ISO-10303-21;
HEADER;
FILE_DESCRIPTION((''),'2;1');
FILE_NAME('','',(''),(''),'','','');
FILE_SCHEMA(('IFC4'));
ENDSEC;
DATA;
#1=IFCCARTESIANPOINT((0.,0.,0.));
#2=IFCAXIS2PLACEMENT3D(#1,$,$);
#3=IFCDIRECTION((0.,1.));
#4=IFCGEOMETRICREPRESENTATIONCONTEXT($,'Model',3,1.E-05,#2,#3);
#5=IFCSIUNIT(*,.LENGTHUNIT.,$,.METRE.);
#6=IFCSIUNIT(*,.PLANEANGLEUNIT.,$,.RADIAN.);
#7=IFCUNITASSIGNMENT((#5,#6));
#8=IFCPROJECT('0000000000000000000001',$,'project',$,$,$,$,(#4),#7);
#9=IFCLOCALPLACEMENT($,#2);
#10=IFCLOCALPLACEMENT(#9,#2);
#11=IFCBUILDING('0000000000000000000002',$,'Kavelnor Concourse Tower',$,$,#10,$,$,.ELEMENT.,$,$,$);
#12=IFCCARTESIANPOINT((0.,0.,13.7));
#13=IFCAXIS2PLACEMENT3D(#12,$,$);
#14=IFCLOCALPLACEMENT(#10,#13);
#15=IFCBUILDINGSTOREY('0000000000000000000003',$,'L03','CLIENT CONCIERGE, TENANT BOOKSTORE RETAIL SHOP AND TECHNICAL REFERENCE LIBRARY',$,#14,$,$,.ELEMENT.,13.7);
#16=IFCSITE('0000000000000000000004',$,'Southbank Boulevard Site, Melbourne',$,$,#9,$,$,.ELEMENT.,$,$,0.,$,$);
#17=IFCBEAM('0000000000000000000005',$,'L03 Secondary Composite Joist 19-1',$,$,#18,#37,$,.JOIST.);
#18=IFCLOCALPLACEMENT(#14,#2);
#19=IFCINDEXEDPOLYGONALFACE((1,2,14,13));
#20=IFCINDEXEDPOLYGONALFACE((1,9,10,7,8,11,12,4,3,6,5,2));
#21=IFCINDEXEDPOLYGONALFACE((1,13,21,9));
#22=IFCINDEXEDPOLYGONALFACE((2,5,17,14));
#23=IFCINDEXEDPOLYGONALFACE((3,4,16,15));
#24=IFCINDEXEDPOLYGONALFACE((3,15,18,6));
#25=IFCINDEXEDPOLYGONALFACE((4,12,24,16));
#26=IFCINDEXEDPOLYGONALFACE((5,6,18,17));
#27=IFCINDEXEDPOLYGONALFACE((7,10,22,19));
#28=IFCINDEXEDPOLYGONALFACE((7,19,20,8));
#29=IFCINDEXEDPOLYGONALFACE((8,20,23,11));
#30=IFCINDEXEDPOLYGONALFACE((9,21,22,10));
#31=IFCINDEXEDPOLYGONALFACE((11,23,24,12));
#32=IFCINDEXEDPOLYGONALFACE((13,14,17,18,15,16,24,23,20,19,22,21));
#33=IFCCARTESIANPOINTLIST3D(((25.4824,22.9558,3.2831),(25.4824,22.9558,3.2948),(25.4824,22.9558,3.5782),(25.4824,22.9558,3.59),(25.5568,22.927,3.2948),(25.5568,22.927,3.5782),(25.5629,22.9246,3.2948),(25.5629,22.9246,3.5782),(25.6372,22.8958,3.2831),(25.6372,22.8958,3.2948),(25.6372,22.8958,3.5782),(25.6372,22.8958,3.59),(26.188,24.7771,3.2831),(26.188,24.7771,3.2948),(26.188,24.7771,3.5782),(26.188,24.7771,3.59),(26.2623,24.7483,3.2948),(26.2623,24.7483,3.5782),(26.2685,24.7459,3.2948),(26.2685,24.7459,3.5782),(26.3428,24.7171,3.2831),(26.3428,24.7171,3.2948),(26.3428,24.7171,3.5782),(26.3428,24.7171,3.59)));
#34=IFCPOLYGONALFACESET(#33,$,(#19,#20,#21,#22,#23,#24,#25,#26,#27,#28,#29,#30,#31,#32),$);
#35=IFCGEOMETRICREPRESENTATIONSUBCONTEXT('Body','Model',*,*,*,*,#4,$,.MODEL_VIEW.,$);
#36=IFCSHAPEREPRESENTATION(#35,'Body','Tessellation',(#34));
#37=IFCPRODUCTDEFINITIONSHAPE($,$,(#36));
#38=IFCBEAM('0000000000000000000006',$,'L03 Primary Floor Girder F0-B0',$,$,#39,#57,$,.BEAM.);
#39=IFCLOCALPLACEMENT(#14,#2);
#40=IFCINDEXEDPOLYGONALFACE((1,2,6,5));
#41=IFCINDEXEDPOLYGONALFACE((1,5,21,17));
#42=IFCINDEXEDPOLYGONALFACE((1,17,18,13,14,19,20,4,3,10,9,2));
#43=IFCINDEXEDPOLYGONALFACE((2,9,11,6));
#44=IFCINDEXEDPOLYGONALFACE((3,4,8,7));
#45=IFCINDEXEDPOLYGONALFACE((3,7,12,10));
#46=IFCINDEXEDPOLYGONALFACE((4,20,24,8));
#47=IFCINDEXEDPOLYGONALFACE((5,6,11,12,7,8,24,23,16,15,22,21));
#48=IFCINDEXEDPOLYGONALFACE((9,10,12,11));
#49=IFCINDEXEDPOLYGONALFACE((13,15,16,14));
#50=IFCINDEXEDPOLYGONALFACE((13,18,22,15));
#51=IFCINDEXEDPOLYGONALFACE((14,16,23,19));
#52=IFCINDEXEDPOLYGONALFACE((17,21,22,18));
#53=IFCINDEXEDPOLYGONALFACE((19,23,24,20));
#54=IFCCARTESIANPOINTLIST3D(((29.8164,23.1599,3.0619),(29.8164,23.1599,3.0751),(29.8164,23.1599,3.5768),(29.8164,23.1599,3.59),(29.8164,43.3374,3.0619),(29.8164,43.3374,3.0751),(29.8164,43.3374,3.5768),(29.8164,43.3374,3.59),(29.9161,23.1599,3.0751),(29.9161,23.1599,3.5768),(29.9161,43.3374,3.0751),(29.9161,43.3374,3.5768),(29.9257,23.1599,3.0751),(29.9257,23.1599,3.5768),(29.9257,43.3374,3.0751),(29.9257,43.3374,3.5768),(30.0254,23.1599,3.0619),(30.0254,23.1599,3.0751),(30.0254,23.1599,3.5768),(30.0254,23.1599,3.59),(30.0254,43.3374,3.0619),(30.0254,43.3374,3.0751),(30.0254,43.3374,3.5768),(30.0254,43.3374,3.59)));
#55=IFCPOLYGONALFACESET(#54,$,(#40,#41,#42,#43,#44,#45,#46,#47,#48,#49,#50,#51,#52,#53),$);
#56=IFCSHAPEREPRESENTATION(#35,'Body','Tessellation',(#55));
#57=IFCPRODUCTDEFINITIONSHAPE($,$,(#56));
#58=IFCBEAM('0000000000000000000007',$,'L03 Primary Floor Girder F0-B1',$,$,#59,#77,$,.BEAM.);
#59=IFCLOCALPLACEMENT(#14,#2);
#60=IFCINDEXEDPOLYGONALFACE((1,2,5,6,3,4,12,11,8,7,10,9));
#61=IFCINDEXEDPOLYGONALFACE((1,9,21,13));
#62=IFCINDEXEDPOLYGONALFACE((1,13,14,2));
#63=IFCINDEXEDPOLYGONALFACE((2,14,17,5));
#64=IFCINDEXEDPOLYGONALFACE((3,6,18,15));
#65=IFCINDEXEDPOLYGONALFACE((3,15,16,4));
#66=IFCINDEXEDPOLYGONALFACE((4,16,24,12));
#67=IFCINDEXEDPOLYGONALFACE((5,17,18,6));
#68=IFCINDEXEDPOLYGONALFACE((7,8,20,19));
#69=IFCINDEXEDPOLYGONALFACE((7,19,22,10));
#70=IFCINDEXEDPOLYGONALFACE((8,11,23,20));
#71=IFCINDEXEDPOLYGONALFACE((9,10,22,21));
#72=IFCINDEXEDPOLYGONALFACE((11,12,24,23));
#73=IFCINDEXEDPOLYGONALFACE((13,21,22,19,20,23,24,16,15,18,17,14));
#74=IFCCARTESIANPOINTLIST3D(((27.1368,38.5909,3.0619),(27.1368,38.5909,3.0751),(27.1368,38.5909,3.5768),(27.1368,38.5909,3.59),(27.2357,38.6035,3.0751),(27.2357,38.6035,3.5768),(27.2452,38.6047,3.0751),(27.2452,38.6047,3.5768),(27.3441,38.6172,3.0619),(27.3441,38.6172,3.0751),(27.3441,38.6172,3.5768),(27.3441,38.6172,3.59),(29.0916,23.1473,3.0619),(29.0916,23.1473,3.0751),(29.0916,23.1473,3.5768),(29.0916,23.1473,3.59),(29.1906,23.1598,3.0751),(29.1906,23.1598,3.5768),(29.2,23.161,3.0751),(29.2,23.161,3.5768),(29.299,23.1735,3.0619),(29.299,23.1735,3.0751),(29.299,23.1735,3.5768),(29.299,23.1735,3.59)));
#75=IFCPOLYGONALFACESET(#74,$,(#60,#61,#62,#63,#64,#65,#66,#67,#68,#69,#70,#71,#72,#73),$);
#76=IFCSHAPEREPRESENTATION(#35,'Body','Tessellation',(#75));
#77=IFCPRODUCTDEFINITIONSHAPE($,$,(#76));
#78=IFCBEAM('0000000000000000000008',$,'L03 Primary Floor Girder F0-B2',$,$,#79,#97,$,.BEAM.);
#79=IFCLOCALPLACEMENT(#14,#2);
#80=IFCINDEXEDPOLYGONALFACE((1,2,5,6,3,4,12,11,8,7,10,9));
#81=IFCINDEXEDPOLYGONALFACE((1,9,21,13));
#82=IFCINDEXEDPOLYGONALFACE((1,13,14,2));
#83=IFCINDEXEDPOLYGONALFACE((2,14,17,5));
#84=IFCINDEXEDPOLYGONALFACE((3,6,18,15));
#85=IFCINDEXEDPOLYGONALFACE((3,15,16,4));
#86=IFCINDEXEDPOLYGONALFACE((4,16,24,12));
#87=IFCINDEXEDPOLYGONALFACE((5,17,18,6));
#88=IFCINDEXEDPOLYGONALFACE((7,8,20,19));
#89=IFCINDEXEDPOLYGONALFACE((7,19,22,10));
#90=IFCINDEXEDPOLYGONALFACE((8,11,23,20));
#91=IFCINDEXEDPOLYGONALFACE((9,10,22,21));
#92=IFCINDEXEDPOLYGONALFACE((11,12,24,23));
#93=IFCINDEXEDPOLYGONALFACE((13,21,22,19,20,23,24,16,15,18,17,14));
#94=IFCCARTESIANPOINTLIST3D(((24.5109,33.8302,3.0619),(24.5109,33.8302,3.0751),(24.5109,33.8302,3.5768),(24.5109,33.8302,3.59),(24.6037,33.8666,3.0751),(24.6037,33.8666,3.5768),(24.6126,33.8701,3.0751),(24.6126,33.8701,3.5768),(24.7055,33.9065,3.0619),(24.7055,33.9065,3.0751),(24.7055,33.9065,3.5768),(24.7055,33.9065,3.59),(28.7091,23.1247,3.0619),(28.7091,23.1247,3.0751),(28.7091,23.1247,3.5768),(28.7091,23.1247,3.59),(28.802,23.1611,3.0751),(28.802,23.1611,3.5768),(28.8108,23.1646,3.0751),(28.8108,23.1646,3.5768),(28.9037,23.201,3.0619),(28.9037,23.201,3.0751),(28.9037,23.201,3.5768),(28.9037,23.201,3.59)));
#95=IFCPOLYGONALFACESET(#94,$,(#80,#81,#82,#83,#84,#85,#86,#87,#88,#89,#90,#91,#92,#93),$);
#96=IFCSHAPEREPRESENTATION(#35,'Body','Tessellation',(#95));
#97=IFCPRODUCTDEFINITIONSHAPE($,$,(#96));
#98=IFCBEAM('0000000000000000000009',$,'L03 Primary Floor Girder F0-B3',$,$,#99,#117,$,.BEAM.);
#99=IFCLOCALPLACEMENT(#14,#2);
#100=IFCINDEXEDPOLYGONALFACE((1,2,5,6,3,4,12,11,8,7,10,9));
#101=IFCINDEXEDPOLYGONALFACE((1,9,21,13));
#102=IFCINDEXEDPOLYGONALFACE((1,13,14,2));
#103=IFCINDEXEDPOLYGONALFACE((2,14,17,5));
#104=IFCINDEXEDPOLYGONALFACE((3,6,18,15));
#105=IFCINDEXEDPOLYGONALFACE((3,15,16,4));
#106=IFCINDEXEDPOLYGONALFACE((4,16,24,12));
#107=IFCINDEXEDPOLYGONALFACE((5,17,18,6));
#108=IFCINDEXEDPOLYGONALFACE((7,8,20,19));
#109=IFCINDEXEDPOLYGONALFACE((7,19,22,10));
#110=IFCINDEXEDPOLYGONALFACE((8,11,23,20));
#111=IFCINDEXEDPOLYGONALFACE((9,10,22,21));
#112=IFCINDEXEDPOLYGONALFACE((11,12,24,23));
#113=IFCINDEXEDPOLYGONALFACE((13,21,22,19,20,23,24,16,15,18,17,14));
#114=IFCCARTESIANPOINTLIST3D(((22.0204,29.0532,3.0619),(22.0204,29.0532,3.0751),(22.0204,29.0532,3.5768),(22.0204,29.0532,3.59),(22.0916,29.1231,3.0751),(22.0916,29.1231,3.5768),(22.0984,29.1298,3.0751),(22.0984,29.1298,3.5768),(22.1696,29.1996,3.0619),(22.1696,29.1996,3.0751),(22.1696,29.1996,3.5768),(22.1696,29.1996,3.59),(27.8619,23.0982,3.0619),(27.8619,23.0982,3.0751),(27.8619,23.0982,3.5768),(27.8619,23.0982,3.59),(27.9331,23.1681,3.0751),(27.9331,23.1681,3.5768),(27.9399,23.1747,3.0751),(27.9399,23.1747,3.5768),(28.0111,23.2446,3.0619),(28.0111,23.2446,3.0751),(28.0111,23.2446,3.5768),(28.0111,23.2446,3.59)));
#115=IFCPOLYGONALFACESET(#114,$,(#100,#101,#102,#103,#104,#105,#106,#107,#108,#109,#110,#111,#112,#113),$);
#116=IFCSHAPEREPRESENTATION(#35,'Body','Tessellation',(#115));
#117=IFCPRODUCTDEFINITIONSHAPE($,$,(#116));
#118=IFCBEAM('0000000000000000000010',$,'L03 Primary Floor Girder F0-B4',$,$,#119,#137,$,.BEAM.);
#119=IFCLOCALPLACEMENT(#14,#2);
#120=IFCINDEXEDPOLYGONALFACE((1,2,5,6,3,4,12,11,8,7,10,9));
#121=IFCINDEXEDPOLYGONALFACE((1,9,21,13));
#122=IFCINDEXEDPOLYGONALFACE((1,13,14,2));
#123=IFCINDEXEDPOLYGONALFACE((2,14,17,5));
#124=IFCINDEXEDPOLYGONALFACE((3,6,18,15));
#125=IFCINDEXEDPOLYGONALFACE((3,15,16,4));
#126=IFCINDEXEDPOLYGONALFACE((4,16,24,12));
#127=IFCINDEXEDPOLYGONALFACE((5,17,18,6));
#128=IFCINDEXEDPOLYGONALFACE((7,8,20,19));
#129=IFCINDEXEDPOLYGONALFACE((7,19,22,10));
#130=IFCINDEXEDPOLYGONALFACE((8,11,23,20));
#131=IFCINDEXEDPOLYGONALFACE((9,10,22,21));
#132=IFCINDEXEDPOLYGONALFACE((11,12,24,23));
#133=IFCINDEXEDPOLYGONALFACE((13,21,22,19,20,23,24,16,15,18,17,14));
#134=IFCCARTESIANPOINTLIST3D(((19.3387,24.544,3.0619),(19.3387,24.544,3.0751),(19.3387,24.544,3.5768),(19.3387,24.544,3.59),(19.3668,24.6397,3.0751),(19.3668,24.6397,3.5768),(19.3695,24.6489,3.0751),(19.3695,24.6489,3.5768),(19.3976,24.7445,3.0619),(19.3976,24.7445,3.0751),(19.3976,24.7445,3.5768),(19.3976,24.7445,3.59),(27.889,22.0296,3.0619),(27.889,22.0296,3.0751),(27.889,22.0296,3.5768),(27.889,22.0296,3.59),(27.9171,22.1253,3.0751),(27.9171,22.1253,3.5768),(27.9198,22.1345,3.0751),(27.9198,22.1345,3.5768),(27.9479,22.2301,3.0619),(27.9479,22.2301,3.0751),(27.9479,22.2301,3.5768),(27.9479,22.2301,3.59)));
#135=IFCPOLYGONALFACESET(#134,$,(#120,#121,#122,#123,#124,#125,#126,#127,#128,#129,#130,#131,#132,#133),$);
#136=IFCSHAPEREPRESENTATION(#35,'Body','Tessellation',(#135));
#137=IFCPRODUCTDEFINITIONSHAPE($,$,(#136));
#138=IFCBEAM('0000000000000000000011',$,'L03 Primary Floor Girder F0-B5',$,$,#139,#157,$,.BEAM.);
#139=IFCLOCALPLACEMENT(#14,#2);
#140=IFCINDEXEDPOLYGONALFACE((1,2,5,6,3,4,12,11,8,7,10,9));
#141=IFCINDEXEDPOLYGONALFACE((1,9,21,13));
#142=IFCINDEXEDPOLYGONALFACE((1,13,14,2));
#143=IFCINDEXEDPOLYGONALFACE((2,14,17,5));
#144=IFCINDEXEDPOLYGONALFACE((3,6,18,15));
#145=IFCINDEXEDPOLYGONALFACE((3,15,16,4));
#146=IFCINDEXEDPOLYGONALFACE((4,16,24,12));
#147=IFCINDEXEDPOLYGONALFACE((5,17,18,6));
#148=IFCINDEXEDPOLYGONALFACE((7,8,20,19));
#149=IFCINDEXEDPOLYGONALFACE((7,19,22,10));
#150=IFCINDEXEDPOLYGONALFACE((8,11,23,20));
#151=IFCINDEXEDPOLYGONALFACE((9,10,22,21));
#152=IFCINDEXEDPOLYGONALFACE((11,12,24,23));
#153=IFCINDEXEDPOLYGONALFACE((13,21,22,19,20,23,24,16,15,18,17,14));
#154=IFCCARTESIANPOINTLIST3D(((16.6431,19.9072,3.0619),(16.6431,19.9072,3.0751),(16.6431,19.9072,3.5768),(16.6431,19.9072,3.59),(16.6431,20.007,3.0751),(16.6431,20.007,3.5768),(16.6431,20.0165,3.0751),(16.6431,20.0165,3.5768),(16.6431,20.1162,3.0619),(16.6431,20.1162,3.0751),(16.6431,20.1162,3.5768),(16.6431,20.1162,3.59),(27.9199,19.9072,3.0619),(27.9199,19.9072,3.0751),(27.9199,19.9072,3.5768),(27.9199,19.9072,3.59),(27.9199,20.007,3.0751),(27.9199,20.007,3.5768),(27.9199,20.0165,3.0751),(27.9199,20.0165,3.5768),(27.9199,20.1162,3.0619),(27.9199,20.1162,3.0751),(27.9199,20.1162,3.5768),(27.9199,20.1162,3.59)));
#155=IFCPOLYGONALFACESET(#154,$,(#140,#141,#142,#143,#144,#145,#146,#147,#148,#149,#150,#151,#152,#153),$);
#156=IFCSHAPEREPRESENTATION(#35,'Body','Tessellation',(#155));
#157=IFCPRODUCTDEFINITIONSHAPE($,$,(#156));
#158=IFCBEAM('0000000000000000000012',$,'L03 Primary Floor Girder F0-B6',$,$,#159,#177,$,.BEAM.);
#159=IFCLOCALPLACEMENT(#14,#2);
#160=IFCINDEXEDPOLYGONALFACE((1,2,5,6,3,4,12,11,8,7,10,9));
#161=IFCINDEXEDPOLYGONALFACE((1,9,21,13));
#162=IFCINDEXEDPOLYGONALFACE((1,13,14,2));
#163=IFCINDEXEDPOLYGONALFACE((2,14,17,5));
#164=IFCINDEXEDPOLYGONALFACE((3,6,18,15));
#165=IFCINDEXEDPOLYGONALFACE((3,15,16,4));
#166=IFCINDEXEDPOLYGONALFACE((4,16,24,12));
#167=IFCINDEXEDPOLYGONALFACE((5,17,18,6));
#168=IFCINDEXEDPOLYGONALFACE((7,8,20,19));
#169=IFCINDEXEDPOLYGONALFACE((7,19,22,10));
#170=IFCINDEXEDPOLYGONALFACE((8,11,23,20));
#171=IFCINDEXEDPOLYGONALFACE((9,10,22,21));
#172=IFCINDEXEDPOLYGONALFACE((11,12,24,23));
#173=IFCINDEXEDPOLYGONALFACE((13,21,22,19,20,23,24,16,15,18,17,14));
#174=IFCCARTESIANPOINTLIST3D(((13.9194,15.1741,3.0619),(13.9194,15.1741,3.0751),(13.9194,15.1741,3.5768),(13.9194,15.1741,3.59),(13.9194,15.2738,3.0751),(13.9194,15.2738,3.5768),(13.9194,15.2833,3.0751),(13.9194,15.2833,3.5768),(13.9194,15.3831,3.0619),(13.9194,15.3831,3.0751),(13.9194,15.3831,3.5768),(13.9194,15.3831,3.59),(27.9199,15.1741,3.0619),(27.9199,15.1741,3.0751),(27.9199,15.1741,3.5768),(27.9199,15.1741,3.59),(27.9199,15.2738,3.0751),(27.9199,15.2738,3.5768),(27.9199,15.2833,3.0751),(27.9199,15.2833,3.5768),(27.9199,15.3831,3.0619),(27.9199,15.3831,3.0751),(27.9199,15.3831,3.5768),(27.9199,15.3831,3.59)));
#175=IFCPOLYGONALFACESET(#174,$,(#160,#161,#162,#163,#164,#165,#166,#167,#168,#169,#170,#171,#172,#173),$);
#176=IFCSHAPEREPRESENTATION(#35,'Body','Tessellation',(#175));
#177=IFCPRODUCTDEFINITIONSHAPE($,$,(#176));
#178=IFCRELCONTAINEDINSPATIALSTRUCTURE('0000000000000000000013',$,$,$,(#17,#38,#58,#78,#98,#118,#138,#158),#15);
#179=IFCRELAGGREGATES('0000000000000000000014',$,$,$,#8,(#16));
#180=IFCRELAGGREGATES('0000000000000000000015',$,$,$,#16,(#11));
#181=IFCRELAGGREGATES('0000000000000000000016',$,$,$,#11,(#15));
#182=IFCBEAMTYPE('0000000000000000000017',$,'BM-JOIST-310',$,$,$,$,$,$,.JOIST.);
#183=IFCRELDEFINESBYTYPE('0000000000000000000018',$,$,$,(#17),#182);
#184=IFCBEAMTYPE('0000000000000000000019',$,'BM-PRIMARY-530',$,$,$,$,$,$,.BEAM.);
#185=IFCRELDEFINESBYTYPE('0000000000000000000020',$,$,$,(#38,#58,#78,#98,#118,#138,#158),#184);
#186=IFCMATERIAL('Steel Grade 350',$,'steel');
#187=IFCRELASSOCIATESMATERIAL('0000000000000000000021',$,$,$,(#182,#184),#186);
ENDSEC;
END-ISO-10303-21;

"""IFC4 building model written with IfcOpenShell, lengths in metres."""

from ifc_helpers import new_model, si_unit, direction, frame, origin, origin_2d, place, context, subcontext, project, spatial, i_section, extrude, material, material_profile, profile_set, type_object, element, save


model = new_model("IFC4")

# Units and contexts
model_context = context("Model", 3, precision=1e-05, world=origin(), true_north=direction((0.0, 1.0)))
body_context = subcontext(model_context, "Body", "Model", "MODEL_VIEW")
ifc_project = project(units=[si_unit("LENGTHUNIT", "METRE"), si_unit("PLANEANGLEUNIT", "RADIAN")], contexts=[model_context])

# Site, building, storey
site_placement = place(None, origin())
site = spatial("IfcSite", under=ifc_project, at=site_placement, Name="Southbank Boulevard Site, Melbourne", CompositionType="ELEMENT", RefElevation=0.0)
building_placement = place(site_placement, origin())
building = spatial("IfcBuilding", under=site, at=building_placement, Name="Kavelnor Concourse Tower", CompositionType="ELEMENT")
storey_placement = place(building_placement, frame((0.0, 0.0, 13.7)))
storey = spatial("IfcBuildingStorey", under=building, at=storey_placement, Name="L03", Description="CLIENT CONCIERGE, TENANT BOOKSTORE RETAIL SHOP AND TECHNICAL REFERENCE LIBRARY", CompositionType="ELEMENT", Elevation=13.7)

# Beams
ifc_material_1 = material(Name="Steel Grade 350", Category="steel")
ifc_material_profile_1 = material_profile(ifc_material_1, i_section(OverallWidth=0.166, OverallDepth=0.3069, WebThickness=0.0066, FlangeThickness=0.0117, at=origin_2d()), Name="310UB46")
ifc_profile_set_1 = profile_set([ifc_material_profile_1], Name="Steel Grade 350")
beam_type_1 = type_object("IfcBeamType", Name="BM-JOIST-310", PredefinedType="JOIST", material=ifc_profile_set_1)
beam_1_placement = place(storey_placement, frame((26.2654, 24.7471, 3.4365), z_axis=(-0.36124, -0.932473, 0.0), x_axis=(0.932473, -0.36124, 0.0)))
element("IfcBeam", 1, at=beam_1_placement, inside=storey, type_object=beam_type_1, Name="L03 Secondary Composite Joist 19-1", PredefinedType="JOIST", context=body_context, shape_type="SweptSolid", body=[
    extrude(i_section(OverallWidth=0.166, OverallDepth=0.3069, WebThickness=0.0066, FlangeThickness=0.0117, at=origin_2d()), origin(), (0.0, 0.0, 1.0), 1.9531),
])
ifc_material_profile_2 = material_profile(ifc_material_1, i_section(OverallWidth=0.209, OverallDepth=0.5281, WebThickness=0.0095, FlangeThickness=0.0132, at=origin_2d()), Name="530UB82")
ifc_profile_set_2 = profile_set([ifc_material_profile_2], Name="Steel Grade 350")
beam_type_2 = type_object("IfcBeamType", Name="BM-PRIMARY-530", PredefinedType="BEAM", material=ifc_profile_set_2)
beam_2_placement = place(storey_placement, frame((29.9209, 23.1599, 3.3259), z_axis=(0.0, 1.0, 0.0), x_axis=(-1.0, 0.0, 0.0)))
element("IfcBeam", 2, at=beam_2_placement, inside=storey, type_object=beam_type_2, Name="L03 Primary Floor Girder F0-B0", PredefinedType="BEAM", context=body_context, shape_type="SweptSolid", body=[
    extrude(i_section(OverallWidth=0.209, OverallDepth=0.5281, WebThickness=0.0095, FlangeThickness=0.0132, at=origin_2d()), origin(), (0.0, 0.0, 1.0), 20.1775),
])
beam_3_placement = place(storey_placement, frame((29.1953, 23.1604, 3.3259), z_axis=(-0.125577, 0.992084, 0.0), x_axis=(-0.992084, -0.125577, 0.0)))
element("IfcBeam", 3, at=beam_3_placement, inside=storey, type_object=beam_type_2, Name="L03 Primary Floor Girder F0-B1", PredefinedType="BEAM", context=body_context, shape_type="SweptSolid", body=[
    extrude(i_section(OverallWidth=0.209, OverallDepth=0.5281, WebThickness=0.0095, FlangeThickness=0.0132, at=origin_2d()), origin(), (0.0, 0.0, 1.0), 15.5669),
])
beam_4_placement = place(storey_placement, frame((28.8064, 23.1628, 3.3259), z_axis=(-0.365086, 0.930974, 0.0), x_axis=(-0.930974, -0.365086, 0.0)))
element("IfcBeam", 4, at=beam_4_placement, inside=storey, type_object=beam_type_2, Name="L03 Primary Floor Girder F0-B2", PredefinedType="BEAM", context=body_context, shape_type="SweptSolid", body=[
    extrude(i_section(OverallWidth=0.209, OverallDepth=0.5281, WebThickness=0.0095, FlangeThickness=0.0132, at=origin_2d()), origin(), (0.0, 0.0, 1.0), 11.4993),
])
beam_5_placement = place(storey_placement, frame((27.9365, 23.1714, 3.3259), z_axis=(-0.700269, 0.713879, 0.0), x_axis=(-0.713879, -0.700269, 0.0)))
element("IfcBeam", 5, at=beam_5_placement, inside=storey, type_object=beam_type_2, Name="L03 Primary Floor Girder F0-B3", PredefinedType="BEAM", context=body_context, shape_type="SweptSolid", body=[
    extrude(i_section(OverallWidth=0.209, OverallDepth=0.5281, WebThickness=0.0095, FlangeThickness=0.0132, at=origin_2d()), origin(), (0.0, 0.0, 1.0), 8.3418),
])
beam_6_placement = place(storey_placement, frame((27.9185, 22.1299, 3.3259), z_axis=(-0.959377, 0.282126, 0.0), x_axis=(-0.282126, -0.959377, 0.0)))
element("IfcBeam", 6, at=beam_6_placement, inside=storey, type_object=beam_type_2, Name="L03 Primary Floor Girder F0-B4", PredefinedType="BEAM", context=body_context, shape_type="SweptSolid", body=[
    extrude(i_section(OverallWidth=0.209, OverallDepth=0.5281, WebThickness=0.0095, FlangeThickness=0.0132, at=origin_2d()), origin(), (0.0, 0.0, 1.0), 8.9124),
])
beam_7_placement = place(storey_placement, frame((27.9199, 20.0117, 3.3259), z_axis=(-1.0, 0.0, 0.0), x_axis=(0.0, -1.0, 0.0)))
element("IfcBeam", 7, at=beam_7_placement, inside=storey, type_object=beam_type_2, Name="L03 Primary Floor Girder F0-B5", PredefinedType="BEAM", context=body_context, shape_type="SweptSolid", body=[
    extrude(i_section(OverallWidth=0.209, OverallDepth=0.5281, WebThickness=0.0095, FlangeThickness=0.0132, at=origin_2d()), origin(), (0.0, 0.0, 1.0), 11.2769),
])
beam_8_placement = place(storey_placement, frame((27.9199, 15.2786, 3.3259), z_axis=(-1.0, 0.0, 0.0), x_axis=(0.0, -1.0, 0.0)))
element("IfcBeam", 8, at=beam_8_placement, inside=storey, type_object=beam_type_2, Name="L03 Primary Floor Girder F0-B6", PredefinedType="BEAM", context=body_context, shape_type="SweptSolid", body=[
    extrude(i_section(OverallWidth=0.209, OverallDepth=0.5281, WebThickness=0.0095, FlangeThickness=0.0132, at=origin_2d()), origin(), (0.0, 0.0, 1.0), 14.0005),
])

save(model, "model.ifc")
